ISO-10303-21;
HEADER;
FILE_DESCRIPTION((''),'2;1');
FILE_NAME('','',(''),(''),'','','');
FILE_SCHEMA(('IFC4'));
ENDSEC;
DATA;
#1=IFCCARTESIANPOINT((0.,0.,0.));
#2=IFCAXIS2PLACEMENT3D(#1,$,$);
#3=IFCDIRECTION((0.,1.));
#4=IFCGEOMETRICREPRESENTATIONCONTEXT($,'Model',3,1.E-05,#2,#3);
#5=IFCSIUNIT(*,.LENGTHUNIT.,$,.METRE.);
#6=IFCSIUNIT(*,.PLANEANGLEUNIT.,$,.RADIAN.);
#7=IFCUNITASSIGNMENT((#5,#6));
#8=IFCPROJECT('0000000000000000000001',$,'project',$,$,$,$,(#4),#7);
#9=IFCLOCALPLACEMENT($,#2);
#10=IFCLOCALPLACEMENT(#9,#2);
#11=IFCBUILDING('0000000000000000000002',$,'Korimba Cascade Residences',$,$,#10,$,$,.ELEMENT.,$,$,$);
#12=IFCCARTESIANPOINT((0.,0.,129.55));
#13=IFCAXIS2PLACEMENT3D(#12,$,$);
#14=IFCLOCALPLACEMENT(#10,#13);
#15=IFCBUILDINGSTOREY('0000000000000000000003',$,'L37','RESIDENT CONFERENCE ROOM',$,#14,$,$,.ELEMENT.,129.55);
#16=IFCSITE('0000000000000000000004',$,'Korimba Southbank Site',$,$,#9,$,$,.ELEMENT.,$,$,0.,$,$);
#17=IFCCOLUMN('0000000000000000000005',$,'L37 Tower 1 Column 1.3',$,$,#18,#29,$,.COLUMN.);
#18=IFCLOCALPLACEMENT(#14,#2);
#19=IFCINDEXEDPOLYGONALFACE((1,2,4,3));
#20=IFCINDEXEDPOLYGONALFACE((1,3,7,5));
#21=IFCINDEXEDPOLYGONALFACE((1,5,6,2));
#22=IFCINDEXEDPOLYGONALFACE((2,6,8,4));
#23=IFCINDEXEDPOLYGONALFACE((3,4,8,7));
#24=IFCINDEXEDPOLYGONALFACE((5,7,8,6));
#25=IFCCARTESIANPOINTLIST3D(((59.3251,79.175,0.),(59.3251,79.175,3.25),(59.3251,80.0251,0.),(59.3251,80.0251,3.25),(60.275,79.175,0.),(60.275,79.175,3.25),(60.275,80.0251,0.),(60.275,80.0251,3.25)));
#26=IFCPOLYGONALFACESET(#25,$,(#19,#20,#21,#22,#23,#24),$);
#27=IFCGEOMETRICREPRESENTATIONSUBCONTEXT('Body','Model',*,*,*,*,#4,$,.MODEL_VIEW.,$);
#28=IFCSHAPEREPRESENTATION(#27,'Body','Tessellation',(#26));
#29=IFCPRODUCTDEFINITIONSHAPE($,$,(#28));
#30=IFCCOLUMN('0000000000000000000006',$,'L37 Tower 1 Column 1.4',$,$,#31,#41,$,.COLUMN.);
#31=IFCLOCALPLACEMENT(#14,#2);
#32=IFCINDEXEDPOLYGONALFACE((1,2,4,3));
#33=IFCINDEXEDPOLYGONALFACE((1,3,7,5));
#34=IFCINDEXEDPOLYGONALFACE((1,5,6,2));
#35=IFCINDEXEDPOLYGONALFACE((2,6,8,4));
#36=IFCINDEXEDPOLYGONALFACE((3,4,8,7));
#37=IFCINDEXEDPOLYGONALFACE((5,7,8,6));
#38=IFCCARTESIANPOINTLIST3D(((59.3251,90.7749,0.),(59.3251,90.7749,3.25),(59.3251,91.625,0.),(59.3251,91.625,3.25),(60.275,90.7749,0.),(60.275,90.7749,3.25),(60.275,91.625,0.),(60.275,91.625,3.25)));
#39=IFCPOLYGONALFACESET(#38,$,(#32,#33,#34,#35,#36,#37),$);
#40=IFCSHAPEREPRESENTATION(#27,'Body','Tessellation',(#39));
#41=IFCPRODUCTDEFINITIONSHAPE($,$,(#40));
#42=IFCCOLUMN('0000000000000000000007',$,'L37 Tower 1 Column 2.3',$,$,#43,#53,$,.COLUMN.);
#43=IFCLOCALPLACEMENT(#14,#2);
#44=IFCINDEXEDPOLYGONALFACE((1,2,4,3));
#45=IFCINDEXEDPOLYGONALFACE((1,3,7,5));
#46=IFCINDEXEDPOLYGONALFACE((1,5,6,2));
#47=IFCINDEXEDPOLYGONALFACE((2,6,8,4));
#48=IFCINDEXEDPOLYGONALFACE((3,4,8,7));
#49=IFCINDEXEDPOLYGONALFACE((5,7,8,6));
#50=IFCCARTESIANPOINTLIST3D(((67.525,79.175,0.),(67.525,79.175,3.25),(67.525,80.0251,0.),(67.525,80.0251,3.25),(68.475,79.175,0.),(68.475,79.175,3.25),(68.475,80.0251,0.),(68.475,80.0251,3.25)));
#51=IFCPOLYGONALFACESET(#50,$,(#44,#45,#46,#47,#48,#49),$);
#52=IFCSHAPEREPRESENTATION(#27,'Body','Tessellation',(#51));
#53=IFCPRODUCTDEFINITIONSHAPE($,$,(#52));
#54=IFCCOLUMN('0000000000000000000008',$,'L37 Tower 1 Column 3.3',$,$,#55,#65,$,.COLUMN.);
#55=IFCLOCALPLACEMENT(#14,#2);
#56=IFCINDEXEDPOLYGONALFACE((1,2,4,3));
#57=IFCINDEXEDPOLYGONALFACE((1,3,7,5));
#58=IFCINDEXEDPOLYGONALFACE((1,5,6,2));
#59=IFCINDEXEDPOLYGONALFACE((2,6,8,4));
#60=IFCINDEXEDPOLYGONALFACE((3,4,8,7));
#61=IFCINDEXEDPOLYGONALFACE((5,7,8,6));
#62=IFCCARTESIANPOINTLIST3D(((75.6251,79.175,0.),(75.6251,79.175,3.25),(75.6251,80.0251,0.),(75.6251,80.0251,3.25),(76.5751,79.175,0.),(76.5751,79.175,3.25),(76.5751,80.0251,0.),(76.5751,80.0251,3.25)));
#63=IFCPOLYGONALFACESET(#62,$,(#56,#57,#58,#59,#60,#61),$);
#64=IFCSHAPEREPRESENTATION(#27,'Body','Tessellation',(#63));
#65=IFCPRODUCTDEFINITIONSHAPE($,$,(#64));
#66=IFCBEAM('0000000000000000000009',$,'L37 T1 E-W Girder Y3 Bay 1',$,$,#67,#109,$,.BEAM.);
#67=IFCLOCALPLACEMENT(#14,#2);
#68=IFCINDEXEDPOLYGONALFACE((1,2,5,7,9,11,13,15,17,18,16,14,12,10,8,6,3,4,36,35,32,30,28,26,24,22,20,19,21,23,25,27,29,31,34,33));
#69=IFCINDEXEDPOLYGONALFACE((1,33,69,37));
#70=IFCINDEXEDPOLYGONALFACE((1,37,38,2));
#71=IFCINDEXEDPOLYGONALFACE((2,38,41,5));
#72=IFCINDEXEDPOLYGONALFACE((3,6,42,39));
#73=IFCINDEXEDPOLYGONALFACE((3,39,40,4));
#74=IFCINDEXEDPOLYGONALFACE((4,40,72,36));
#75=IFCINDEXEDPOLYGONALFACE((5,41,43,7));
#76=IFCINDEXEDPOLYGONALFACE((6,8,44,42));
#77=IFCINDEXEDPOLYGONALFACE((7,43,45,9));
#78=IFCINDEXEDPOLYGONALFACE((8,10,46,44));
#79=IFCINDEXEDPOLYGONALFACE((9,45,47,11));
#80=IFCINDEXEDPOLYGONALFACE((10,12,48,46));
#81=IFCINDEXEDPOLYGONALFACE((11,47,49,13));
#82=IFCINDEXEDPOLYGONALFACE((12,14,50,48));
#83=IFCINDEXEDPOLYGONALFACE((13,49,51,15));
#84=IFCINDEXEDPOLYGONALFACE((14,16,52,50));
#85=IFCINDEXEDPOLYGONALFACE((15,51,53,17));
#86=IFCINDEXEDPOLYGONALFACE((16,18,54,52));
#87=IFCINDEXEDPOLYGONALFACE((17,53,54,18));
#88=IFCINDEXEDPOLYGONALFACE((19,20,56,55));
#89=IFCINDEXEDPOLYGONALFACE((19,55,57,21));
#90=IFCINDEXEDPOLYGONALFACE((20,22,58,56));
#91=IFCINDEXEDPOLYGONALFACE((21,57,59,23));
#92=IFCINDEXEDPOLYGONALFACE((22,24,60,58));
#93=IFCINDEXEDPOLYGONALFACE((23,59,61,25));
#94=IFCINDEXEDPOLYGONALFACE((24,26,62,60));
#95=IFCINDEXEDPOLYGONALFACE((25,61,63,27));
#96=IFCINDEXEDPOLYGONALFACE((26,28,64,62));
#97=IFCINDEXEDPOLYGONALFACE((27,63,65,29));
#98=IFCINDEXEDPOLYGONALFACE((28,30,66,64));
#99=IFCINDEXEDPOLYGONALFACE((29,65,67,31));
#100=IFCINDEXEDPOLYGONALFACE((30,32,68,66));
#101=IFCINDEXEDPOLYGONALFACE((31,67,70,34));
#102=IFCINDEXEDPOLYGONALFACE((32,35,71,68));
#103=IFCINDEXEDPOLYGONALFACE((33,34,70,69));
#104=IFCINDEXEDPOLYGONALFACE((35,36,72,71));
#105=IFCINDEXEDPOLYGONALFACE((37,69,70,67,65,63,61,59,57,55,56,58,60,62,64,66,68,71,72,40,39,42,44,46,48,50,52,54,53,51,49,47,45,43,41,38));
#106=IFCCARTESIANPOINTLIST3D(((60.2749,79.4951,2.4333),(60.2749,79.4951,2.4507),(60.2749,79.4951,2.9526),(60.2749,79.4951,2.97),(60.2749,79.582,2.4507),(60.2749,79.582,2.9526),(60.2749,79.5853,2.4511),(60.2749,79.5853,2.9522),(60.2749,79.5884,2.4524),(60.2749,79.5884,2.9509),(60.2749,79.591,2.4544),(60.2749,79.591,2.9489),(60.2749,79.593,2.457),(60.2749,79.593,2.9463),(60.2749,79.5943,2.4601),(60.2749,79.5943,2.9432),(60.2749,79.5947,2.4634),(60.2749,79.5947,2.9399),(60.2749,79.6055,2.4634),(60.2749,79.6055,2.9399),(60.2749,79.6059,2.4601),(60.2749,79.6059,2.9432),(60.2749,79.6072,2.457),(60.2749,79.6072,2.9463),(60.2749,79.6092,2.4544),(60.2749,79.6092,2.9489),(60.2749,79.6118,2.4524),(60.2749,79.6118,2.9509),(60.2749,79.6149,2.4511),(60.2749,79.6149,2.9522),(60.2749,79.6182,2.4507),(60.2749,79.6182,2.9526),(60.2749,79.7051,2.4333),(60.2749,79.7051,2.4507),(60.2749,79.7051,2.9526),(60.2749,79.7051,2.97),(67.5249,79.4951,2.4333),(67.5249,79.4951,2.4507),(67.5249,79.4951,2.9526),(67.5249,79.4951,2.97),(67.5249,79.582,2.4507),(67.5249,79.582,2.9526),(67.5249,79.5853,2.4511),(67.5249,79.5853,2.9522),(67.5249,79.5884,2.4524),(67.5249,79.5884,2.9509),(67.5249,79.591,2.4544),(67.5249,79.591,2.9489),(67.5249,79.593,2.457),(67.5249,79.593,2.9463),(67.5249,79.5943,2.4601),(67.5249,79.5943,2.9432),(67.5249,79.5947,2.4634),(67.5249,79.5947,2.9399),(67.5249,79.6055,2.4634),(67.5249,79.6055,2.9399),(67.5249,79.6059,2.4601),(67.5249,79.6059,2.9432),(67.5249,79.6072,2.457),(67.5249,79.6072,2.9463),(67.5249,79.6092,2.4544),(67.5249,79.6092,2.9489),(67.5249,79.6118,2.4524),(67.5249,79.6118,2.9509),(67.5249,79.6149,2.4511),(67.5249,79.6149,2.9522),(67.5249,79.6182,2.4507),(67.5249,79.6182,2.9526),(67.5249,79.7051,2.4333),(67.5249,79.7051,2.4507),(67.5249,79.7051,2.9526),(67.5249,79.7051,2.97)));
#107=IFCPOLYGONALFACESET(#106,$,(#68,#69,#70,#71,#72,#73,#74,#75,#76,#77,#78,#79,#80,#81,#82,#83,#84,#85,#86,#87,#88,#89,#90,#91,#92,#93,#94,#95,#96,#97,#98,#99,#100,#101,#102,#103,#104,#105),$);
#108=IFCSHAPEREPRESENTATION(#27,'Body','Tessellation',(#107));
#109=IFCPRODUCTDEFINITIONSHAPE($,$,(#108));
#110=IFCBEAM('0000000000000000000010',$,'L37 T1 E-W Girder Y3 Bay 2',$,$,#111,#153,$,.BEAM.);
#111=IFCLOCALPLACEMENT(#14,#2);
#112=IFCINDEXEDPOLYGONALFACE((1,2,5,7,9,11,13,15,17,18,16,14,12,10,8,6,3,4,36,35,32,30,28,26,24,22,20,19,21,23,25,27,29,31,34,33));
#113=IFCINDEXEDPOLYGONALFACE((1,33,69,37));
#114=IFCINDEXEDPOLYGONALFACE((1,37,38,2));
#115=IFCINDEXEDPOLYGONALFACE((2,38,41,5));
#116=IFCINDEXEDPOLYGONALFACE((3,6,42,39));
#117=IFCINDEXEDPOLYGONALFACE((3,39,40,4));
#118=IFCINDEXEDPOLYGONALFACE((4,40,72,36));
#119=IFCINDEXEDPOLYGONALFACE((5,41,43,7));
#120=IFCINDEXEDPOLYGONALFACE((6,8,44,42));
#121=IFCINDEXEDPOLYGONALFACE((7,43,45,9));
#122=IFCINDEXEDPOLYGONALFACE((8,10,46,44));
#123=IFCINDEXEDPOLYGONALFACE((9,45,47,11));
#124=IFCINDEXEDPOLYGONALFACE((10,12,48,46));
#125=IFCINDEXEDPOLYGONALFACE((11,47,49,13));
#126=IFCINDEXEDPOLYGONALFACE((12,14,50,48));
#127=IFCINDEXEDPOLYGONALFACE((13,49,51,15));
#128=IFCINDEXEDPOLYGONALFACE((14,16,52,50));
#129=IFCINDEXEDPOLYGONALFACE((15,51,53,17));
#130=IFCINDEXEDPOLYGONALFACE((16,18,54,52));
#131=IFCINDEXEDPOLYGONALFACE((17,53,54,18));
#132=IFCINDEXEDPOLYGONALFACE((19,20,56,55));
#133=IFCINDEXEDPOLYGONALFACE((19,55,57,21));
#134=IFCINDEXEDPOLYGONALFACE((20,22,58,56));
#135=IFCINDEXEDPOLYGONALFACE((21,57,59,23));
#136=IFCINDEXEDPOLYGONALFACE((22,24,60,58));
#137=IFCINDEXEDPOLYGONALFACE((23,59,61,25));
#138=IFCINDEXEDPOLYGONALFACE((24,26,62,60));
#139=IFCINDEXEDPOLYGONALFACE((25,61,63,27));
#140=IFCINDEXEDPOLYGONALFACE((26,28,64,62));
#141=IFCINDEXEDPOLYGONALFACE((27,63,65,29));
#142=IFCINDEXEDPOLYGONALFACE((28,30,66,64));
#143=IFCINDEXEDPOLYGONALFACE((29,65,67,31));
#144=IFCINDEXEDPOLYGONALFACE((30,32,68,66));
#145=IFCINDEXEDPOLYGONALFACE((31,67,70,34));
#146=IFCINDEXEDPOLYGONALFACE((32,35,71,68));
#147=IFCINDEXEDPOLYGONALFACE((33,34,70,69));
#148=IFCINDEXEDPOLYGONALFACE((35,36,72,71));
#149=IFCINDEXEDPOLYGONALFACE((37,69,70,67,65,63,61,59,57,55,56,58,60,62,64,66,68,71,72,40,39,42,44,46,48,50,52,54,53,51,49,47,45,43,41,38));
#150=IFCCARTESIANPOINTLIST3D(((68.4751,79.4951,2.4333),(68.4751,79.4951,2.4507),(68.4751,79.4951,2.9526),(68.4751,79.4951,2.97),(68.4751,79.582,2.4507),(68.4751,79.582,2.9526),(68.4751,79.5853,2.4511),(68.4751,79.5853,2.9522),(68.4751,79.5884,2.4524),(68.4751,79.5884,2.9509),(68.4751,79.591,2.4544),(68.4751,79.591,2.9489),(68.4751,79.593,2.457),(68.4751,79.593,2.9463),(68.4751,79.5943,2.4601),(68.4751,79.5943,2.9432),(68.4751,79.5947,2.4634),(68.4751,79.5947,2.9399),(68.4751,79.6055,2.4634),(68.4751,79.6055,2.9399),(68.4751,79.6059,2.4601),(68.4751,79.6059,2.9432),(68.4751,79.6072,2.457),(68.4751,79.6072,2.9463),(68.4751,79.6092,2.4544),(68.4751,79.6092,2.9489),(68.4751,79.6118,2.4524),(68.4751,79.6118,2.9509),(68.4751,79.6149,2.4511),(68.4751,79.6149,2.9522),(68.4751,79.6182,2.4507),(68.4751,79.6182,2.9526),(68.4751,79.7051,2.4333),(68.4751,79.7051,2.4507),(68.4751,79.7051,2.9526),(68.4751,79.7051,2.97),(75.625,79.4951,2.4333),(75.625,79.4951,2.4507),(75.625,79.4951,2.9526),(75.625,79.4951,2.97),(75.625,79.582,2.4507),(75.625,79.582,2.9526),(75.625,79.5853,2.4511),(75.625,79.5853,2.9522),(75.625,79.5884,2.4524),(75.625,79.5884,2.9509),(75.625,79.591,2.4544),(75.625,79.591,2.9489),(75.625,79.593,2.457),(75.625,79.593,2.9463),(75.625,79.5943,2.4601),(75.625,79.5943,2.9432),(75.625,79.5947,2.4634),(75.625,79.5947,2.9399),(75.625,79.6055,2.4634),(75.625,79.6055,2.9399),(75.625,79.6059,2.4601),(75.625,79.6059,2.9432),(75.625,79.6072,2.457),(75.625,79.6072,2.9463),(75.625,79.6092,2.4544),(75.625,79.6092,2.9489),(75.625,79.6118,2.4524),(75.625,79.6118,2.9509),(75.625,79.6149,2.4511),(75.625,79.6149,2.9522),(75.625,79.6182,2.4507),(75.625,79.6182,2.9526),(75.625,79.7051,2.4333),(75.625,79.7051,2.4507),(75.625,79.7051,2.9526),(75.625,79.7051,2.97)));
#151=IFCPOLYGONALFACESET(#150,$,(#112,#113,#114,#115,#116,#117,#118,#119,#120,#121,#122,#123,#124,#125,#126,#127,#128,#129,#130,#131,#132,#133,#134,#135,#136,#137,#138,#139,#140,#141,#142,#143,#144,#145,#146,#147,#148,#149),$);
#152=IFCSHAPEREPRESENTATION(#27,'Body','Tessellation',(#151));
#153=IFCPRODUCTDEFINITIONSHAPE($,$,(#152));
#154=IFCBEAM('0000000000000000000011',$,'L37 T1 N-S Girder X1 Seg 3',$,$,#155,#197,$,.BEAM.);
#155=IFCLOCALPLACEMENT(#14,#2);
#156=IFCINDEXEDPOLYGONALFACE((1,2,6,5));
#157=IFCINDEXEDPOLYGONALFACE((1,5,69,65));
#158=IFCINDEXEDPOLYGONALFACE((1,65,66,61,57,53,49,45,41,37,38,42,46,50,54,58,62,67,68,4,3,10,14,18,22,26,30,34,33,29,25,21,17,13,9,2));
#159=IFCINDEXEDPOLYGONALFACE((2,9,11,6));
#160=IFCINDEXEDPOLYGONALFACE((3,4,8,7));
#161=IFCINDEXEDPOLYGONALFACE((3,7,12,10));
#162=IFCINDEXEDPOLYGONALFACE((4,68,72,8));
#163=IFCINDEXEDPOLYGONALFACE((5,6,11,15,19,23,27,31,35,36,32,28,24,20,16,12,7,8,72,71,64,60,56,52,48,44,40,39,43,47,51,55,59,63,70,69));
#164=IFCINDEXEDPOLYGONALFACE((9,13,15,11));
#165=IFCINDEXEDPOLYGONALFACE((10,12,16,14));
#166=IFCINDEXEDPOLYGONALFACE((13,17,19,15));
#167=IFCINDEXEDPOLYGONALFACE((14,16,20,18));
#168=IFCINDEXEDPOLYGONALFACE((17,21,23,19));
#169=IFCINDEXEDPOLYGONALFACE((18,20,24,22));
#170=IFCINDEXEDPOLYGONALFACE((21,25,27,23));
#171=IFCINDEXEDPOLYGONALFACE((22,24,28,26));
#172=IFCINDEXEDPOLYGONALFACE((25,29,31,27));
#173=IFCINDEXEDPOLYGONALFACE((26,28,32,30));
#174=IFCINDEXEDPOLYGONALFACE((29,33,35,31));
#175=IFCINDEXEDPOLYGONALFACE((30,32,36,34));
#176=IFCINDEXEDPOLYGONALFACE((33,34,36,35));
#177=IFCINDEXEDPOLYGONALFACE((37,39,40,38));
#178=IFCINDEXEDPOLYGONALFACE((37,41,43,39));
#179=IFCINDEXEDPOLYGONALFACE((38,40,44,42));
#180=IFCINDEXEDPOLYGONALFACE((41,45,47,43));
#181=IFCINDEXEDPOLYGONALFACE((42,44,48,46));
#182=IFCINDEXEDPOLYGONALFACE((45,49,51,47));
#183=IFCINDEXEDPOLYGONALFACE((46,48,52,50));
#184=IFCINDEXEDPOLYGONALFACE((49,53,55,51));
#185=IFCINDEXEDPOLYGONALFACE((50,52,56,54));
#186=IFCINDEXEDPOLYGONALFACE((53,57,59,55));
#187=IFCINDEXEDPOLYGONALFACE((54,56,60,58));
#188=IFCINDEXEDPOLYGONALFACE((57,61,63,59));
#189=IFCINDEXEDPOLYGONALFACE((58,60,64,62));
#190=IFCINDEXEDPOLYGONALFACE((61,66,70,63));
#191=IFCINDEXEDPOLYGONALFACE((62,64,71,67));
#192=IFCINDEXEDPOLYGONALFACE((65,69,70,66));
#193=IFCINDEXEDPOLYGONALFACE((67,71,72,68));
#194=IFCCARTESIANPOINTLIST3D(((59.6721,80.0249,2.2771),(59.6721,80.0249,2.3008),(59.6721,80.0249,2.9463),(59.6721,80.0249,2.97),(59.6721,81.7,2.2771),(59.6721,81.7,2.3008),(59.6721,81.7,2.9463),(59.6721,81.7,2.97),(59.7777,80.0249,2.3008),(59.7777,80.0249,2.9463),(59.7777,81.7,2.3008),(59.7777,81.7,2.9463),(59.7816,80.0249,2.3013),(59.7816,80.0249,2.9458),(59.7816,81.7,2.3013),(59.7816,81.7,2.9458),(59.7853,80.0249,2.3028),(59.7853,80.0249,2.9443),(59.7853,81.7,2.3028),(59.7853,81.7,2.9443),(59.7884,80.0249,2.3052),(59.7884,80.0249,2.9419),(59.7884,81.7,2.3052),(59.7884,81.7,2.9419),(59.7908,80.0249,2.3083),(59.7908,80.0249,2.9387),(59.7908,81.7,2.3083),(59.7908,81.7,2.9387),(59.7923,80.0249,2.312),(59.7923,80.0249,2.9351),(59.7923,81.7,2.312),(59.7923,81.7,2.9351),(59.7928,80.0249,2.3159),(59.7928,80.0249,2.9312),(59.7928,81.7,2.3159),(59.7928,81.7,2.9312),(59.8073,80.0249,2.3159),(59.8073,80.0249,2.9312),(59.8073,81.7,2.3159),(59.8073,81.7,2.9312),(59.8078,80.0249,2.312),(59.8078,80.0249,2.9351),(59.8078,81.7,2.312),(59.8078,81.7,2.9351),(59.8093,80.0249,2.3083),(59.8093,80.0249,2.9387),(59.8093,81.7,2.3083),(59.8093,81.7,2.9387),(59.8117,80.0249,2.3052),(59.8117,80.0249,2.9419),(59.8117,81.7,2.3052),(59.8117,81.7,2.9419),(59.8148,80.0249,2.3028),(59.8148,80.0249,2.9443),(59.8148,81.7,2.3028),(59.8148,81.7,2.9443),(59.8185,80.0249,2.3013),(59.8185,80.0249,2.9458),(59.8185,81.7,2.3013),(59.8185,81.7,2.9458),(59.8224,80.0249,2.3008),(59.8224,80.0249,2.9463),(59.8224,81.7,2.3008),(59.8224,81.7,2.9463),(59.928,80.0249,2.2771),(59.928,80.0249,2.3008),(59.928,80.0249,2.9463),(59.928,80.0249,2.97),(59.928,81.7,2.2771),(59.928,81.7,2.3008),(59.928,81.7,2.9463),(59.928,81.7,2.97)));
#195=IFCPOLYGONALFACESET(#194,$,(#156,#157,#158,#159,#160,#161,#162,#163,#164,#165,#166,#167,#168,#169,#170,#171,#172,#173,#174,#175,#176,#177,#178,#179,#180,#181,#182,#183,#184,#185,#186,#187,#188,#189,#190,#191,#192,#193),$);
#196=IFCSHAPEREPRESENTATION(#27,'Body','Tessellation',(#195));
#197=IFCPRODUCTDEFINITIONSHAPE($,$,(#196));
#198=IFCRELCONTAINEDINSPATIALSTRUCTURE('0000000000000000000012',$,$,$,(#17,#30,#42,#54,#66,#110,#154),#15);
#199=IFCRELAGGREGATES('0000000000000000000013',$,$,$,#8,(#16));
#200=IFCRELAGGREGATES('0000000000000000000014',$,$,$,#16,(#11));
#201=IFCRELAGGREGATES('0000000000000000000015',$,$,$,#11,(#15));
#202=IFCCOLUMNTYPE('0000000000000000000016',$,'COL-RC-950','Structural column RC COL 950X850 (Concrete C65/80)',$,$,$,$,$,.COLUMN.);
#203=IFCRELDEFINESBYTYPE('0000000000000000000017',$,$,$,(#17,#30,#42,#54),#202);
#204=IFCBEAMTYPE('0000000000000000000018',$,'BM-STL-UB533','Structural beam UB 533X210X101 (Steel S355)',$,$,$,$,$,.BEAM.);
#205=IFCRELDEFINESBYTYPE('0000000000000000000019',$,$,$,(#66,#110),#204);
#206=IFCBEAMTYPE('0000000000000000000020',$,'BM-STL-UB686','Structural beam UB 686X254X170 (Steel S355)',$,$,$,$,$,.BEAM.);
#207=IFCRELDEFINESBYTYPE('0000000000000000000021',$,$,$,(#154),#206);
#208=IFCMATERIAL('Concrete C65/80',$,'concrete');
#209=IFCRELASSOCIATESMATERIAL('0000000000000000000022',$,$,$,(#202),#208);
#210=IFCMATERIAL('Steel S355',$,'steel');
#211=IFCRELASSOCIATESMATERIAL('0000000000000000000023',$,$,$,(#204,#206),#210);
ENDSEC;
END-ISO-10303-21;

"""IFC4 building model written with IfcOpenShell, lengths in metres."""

from ifc_helpers import new_model, si_unit, direction, frame, origin, origin_2d, place, context, subcontext, project, spatial, rectangle, i_section, extrude, material, material_profile, profile_set, type_object, element, save


model = new_model("IFC4")

# Units and contexts
model_context = context("Model", 3, precision=1e-05, world=origin(), true_north=direction((0.0, 1.0)))
body_context = subcontext(model_context, "Body", "Model", "MODEL_VIEW")
ifc_project = project(units=[si_unit("LENGTHUNIT", "METRE"), si_unit("PLANEANGLEUNIT", "RADIAN")], contexts=[model_context])

# Site, building, storey
site_placement = place(None, origin())
site = spatial("IfcSite", under=ifc_project, at=site_placement, Name="Korimba Southbank Site", CompositionType="ELEMENT", RefElevation=0.0)
building_placement = place(site_placement, origin())
building = spatial("IfcBuilding", under=site, at=building_placement, Name="Korimba Cascade Residences", CompositionType="ELEMENT")
storey_placement = place(building_placement, frame((0.0, 0.0, 129.55)))
storey = spatial("IfcBuildingStorey", under=building, at=storey_placement, Name="L37", Description="RESIDENT CONFERENCE ROOM", CompositionType="ELEMENT", Elevation=129.55)

# Columns
ifc_material_1 = material(Name="Concrete C65/80", Category="concrete")
ifc_material_profile_1 = material_profile(ifc_material_1, rectangle(XDim=0.95, YDim=0.8501, at=origin_2d()), Name="Concrete C65/80")
ifc_profile_set_1 = profile_set([ifc_material_profile_1], Name="Concrete C65/80")
column_type = type_object("IfcColumnType", Name="COL-RC-950", Description="Structural column RC COL 950X850 (Concrete C65/80)", PredefinedType="COLUMN", material=ifc_profile_set_1)
for number, where, z_axis, x_axis, name in (
    (1, (59.8, 79.6001, 0.0), (0.0, 0.0, 1.0), (1.0, 0.0, 0.0), "L37 Tower 1 Column 1.3"),
    (2, (59.8, 91.2, 0.0), (0.0, 0.0, 1.0), (1.0, 0.0, 0.0), "L37 Tower 1 Column 1.4"),
    (3, (68.0, 79.6001, 0.0), (0.0, 0.0, 1.0), (1.0, 0.0, 0.0), "L37 Tower 1 Column 2.3"),
    (4, (76.1001, 79.6001, 0.0), (0.0, 0.0, 1.0), (1.0, 0.0, 0.0), "L37 Tower 1 Column 3.3"),
):
    element("IfcColumn", number, at=place(storey_placement, frame(where, z_axis=z_axis, x_axis=x_axis)), inside=storey, type_object=column_type, Name=name, PredefinedType="COLUMN", context=body_context, shape_type="SweptSolid", body=[
        extrude(rectangle(XDim=0.95, YDim=0.8501, at=origin_2d()), origin(), (0.0, 0.0, 1.0), 3.25),
    ])

# Beams
ifc_material_2 = material(Name="Steel S355", Category="steel")
ifc_material_profile_2 = material_profile(ifc_material_2, i_section(OverallWidth=0.21, OverallDepth=0.5366, WebThickness=0.0107, FlangeThickness=0.0173, FilletRadius=0.0127, at=origin_2d()), Name="Steel S355")
ifc_profile_set_2 = profile_set([ifc_material_profile_2], Name="Steel S355")
beam_type_1 = type_object("IfcBeamType", Name="BM-STL-UB533", Description="Structural beam UB 533X210X101 (Steel S355)", PredefinedType="BEAM", material=ifc_profile_set_2)
beam_1_placement = place(storey_placement, frame((60.2749, 79.6001, 2.7017), z_axis=(1.0, 0.0, 0.0), x_axis=(0.0, 1.0, 0.0)))
element("IfcBeam", 5, at=beam_1_placement, inside=storey, type_object=beam_type_1, Name="L37 T1 E-W Girder Y3 Bay 1", PredefinedType="BEAM", context=body_context, shape_type="SweptSolid", body=[
    extrude(i_section(OverallWidth=0.21, OverallDepth=0.5366, WebThickness=0.0107, FlangeThickness=0.0173, FilletRadius=0.0127, at=origin_2d()), origin(), (0.0, 0.0, 1.0), 7.25),
])
beam_2_placement = place(storey_placement, frame((68.4751, 79.6001, 2.7017), z_axis=(1.0, 0.0, 0.0), x_axis=(0.0, 1.0, 0.0)))
element("IfcBeam", 6, at=beam_2_placement, inside=storey, type_object=beam_type_1, Name="L37 T1 E-W Girder Y3 Bay 2", PredefinedType="BEAM", context=body_context, shape_type="SweptSolid", body=[
    extrude(i_section(OverallWidth=0.21, OverallDepth=0.5366, WebThickness=0.0107, FlangeThickness=0.0173, FilletRadius=0.0127, at=origin_2d()), origin(), (0.0, 0.0, 1.0), 7.1499),
])
ifc_material_profile_3 = material_profile(ifc_material_2, i_section(OverallWidth=0.2559, OverallDepth=0.6929, WebThickness=0.0144, FlangeThickness=0.0237, FilletRadius=0.0151, at=origin_2d()), Name="Steel S355")
ifc_profile_set_3 = profile_set([ifc_material_profile_3], Name="Steel S355")
beam_type_2 = type_object("IfcBeamType", Name="BM-STL-UB686", Description="Structural beam UB 686X254X170 (Steel S355)", PredefinedType="BEAM", material=ifc_profile_set_3)
beam_3_placement = place(storey_placement, frame((59.8, 80.0249, 2.6235), z_axis=(0.0, 1.0, 0.0), x_axis=(-1.0, 0.0, 0.0)))
element("IfcBeam", 7, at=beam_3_placement, inside=storey, type_object=beam_type_2, Name="L37 T1 N-S Girder X1 Seg 3", PredefinedType="BEAM", context=body_context, shape_type="SweptSolid", body=[
    extrude(i_section(OverallWidth=0.2559, OverallDepth=0.6929, WebThickness=0.0144, FlangeThickness=0.0237, FilletRadius=0.0151, at=origin_2d()), origin(), (0.0, 0.0, 1.0), 1.675),
])

save(model, "model.ifc")
